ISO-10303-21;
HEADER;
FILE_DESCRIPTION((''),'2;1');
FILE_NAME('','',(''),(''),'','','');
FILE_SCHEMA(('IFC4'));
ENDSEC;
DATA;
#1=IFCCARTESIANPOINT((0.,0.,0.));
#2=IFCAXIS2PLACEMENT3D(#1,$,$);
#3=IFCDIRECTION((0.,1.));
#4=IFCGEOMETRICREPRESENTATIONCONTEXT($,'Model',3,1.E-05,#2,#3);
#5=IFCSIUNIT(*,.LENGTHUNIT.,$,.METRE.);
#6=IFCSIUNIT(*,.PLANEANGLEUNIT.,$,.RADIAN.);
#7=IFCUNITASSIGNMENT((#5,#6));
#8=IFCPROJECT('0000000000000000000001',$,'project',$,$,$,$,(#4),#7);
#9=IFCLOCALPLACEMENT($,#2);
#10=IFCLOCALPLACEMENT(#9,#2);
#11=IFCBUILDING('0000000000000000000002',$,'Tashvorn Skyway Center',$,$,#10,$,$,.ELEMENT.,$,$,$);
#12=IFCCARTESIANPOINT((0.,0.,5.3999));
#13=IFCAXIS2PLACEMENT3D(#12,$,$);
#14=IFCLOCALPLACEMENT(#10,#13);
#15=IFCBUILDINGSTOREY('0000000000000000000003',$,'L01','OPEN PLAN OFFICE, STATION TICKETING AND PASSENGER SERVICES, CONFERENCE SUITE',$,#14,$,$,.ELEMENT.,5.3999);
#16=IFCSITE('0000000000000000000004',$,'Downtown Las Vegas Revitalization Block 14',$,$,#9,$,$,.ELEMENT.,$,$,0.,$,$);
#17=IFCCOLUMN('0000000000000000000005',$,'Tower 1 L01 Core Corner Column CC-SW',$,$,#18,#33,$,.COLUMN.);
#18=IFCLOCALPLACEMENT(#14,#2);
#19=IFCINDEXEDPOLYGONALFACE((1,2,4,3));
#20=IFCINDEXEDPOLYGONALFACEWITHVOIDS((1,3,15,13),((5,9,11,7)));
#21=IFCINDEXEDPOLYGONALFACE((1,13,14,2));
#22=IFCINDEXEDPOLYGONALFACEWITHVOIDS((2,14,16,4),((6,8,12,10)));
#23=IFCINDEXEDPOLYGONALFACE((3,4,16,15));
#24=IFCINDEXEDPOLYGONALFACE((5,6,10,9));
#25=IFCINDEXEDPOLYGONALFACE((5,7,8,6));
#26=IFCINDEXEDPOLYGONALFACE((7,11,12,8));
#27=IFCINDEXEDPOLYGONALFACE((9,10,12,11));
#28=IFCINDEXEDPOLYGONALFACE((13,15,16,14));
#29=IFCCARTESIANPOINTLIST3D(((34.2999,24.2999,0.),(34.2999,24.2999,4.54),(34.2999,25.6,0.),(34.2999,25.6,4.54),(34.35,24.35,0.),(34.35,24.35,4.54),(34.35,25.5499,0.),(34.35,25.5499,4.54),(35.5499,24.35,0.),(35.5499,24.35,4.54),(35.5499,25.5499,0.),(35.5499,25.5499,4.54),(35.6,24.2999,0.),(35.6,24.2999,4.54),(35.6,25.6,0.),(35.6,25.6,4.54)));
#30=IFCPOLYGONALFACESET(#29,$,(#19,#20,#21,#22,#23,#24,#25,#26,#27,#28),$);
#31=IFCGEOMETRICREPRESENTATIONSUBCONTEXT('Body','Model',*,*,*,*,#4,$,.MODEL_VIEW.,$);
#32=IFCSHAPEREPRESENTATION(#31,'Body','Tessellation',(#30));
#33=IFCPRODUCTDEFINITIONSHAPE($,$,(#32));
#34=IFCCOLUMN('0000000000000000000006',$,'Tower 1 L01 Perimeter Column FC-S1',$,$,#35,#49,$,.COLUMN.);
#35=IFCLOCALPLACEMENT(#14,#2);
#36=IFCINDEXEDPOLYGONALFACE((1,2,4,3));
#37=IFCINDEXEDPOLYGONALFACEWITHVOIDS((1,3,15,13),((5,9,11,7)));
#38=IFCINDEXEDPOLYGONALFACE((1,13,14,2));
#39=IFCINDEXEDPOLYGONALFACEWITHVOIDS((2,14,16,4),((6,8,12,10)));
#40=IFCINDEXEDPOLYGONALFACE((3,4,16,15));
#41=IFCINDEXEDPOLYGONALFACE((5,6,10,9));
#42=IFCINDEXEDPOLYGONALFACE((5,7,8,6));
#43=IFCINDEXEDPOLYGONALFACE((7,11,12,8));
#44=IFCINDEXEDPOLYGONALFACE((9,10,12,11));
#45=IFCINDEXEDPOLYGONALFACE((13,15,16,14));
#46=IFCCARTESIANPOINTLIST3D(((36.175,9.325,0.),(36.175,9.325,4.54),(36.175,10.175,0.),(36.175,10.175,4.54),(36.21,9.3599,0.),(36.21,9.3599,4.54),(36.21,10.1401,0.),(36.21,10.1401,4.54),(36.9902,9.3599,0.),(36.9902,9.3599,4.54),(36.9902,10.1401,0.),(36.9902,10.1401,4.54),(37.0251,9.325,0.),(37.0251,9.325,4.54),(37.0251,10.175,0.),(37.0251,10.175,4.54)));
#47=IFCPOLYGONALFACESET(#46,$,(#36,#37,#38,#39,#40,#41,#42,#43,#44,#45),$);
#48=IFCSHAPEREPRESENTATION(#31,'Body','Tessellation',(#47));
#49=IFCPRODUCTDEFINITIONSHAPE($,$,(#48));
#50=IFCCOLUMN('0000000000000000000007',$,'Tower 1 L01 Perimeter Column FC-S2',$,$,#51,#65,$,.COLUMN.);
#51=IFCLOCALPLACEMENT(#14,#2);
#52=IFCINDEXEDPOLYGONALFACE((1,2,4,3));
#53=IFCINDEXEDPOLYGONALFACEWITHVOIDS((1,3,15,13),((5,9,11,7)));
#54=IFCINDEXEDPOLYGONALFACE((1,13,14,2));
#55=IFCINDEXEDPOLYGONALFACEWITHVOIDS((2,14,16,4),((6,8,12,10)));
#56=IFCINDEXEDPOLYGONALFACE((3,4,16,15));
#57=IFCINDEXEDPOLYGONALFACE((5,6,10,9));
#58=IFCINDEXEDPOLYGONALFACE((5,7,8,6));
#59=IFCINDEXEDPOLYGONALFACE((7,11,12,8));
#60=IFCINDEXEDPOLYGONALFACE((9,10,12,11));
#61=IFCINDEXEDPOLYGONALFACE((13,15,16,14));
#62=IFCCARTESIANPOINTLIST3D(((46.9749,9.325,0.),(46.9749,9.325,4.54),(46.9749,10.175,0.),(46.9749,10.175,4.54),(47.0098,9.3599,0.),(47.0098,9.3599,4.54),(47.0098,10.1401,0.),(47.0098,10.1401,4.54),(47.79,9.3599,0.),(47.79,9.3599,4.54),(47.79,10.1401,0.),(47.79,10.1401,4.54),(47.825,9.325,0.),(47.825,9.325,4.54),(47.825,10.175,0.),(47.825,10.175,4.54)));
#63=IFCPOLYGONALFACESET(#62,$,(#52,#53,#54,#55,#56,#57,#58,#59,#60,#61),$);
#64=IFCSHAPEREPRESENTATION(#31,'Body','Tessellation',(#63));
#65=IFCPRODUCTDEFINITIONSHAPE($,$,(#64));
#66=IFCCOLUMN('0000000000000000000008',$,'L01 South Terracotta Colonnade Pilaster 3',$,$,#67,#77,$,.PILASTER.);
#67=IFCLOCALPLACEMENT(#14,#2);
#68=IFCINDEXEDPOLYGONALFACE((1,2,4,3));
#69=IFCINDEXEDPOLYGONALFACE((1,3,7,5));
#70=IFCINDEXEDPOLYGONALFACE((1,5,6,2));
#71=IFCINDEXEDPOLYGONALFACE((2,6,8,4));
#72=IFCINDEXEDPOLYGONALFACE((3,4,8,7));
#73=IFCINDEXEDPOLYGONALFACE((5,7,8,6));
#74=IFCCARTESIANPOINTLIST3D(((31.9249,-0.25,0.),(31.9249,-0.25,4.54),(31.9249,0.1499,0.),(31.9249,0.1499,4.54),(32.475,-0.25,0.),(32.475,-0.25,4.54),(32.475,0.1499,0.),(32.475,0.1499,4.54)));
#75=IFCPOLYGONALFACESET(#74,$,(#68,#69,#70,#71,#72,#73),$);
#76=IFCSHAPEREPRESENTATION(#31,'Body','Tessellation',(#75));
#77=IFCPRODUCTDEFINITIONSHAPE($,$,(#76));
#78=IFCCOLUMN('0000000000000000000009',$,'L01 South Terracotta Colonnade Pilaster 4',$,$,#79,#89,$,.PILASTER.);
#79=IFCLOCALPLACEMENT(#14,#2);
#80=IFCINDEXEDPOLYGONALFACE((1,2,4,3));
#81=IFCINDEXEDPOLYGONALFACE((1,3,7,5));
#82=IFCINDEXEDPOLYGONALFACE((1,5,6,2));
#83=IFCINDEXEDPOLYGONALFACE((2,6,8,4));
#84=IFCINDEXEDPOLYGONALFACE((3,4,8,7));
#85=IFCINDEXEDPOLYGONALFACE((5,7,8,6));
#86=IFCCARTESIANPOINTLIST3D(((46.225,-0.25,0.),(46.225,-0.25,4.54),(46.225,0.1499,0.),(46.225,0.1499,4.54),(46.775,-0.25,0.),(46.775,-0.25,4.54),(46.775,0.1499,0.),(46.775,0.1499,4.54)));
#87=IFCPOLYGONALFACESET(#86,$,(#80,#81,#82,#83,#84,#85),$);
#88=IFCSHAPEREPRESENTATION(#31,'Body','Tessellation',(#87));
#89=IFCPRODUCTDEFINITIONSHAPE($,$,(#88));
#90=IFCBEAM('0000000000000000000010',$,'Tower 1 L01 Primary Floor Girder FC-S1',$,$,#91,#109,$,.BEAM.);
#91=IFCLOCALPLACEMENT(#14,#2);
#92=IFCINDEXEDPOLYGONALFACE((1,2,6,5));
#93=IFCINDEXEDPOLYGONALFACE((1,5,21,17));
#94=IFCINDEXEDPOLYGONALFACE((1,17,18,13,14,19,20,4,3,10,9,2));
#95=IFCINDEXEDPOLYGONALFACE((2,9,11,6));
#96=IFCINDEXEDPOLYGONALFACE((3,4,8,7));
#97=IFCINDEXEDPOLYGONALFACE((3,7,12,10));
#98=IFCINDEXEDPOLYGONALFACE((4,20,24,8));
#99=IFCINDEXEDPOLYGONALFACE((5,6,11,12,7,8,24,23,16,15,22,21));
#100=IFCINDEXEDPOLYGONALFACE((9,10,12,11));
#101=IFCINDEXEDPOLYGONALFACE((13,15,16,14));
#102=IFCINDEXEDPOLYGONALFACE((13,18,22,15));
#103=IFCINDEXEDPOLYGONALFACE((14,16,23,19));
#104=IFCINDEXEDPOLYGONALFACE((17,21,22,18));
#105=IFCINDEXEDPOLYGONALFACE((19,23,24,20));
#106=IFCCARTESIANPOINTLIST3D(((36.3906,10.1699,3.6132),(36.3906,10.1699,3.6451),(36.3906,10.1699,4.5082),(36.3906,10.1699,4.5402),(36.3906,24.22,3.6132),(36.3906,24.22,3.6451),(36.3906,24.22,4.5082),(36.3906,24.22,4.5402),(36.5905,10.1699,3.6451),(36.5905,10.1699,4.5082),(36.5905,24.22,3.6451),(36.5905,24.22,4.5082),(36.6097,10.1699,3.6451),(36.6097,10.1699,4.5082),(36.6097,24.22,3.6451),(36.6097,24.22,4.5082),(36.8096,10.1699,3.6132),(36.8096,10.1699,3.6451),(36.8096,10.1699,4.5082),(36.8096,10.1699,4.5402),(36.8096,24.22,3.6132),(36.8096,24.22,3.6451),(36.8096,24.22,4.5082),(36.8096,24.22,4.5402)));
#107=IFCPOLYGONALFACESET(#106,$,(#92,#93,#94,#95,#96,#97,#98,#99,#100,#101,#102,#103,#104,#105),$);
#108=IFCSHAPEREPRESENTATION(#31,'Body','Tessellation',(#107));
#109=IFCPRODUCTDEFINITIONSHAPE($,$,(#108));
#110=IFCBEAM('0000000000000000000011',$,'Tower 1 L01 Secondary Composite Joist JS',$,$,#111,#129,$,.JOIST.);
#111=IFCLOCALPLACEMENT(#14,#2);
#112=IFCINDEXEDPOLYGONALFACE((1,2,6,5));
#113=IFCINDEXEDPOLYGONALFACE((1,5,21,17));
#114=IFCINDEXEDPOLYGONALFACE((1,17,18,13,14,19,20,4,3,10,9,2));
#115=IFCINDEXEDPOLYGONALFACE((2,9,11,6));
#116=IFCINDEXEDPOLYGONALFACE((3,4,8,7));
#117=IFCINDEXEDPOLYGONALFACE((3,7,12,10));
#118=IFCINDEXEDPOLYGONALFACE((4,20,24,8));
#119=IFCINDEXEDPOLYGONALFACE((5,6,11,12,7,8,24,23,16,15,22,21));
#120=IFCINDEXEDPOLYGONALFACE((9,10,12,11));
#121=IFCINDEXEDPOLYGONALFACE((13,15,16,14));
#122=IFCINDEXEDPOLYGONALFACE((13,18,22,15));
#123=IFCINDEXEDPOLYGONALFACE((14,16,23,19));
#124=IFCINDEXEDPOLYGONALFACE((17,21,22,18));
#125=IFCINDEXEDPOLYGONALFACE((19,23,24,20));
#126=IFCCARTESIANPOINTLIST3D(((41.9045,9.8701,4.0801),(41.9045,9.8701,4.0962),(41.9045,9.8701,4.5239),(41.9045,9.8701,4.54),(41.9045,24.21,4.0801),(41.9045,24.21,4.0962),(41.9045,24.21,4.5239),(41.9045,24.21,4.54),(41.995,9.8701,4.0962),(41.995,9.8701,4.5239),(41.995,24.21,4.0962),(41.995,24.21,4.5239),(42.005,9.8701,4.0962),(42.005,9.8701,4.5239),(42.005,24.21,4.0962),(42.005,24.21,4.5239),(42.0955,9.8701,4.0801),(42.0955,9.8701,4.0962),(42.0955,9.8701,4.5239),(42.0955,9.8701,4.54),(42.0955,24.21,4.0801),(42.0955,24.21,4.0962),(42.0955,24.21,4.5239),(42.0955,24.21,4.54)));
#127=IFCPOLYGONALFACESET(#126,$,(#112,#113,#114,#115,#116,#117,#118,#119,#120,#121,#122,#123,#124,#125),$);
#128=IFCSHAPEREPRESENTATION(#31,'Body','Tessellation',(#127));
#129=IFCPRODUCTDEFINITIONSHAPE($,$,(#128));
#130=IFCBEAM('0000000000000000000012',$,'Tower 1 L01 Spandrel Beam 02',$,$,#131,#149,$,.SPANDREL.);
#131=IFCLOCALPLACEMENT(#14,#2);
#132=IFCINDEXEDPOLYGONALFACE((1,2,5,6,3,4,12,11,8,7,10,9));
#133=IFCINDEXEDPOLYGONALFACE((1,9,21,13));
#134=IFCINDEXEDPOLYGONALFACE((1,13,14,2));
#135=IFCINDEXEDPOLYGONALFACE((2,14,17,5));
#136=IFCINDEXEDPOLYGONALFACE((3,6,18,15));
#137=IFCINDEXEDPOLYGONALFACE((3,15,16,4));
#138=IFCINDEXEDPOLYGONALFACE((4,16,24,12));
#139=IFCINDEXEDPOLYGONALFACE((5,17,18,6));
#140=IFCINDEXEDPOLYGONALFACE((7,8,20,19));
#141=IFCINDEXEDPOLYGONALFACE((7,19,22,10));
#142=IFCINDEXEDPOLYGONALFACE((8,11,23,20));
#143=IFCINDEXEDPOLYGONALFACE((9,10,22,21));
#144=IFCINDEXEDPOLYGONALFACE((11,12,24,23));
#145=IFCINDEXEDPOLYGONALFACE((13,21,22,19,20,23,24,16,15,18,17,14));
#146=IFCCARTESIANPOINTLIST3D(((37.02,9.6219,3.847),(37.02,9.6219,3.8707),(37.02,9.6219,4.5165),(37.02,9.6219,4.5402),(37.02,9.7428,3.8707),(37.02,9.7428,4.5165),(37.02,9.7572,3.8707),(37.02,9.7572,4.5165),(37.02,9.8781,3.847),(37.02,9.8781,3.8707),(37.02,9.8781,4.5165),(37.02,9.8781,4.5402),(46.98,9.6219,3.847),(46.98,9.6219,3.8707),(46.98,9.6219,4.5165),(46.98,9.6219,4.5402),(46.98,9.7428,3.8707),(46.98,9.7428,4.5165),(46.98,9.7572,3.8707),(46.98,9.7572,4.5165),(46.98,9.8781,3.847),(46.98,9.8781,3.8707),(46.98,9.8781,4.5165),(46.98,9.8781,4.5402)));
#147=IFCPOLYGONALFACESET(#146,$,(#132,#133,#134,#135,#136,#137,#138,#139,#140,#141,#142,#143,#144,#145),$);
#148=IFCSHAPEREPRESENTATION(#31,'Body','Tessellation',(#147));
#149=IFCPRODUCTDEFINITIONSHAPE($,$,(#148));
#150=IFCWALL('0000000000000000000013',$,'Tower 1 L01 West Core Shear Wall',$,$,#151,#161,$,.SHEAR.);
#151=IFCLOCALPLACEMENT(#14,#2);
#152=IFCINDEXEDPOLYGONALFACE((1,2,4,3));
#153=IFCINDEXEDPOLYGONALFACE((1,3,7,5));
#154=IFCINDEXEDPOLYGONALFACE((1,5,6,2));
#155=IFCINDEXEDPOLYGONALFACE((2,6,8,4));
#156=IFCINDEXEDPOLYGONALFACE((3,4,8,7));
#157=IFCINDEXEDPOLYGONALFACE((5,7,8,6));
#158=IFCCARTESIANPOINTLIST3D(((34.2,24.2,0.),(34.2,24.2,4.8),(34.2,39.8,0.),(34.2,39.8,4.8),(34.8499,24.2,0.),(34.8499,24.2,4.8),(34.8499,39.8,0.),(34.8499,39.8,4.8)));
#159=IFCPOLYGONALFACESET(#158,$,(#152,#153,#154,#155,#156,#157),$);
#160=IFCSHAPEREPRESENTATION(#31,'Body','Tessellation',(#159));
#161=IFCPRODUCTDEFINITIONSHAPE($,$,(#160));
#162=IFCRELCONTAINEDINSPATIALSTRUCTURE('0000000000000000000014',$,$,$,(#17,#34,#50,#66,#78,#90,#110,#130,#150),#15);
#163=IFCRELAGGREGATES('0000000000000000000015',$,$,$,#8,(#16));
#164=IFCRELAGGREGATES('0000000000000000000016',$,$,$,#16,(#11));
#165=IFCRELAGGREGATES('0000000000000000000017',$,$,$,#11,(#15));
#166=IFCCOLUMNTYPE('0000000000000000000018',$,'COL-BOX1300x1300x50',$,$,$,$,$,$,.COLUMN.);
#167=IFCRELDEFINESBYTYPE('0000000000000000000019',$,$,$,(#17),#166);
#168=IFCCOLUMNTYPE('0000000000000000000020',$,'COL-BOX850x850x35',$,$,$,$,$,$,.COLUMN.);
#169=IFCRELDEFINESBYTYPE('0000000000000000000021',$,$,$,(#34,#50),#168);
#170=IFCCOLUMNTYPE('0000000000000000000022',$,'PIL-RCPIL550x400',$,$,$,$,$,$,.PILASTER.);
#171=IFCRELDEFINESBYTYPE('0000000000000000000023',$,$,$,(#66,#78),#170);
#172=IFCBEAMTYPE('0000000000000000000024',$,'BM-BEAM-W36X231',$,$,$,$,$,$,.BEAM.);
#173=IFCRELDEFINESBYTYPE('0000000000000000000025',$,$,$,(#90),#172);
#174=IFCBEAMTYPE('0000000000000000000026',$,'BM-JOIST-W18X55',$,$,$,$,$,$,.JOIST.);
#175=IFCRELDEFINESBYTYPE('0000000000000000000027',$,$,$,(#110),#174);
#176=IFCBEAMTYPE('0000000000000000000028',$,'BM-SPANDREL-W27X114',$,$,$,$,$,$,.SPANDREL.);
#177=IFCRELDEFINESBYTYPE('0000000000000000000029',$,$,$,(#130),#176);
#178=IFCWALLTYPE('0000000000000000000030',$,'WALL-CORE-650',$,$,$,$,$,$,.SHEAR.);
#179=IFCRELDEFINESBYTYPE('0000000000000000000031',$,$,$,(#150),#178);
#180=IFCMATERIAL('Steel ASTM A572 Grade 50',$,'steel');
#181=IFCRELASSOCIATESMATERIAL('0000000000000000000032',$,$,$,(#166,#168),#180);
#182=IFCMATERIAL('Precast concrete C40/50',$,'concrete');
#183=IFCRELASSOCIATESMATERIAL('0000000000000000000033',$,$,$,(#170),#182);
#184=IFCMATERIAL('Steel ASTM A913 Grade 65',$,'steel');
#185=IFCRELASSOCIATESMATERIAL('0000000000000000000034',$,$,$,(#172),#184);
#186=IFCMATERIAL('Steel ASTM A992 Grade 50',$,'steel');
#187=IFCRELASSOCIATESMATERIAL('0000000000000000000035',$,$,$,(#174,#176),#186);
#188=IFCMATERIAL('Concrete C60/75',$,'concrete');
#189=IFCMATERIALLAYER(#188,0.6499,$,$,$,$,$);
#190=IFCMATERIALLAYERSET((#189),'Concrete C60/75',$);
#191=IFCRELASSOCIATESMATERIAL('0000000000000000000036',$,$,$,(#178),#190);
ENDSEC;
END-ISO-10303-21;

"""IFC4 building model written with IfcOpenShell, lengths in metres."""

from ifc_helpers import new_model, si_unit, direction, frame, frame_2d, origin, origin_2d, place, context, subcontext, project, spatial, rectangle, hollow_rectangle, i_section, extrude, material, layer, layer_set, material_profile, profile_set, type_object, element, save


model = new_model("IFC4")

# Units and contexts
model_context = context("Model", 3, precision=1e-05, world=origin(), true_north=direction((0.0, 1.0)))
body_context = subcontext(model_context, "Body", "Model", "MODEL_VIEW")
ifc_project = project(units=[si_unit("LENGTHUNIT", "METRE"), si_unit("PLANEANGLEUNIT", "RADIAN")], contexts=[model_context])

# Site, building, storey
site_placement = place(None, origin())
site = spatial("IfcSite", under=ifc_project, at=site_placement, Name="Downtown Las Vegas Revitalization Block 14", CompositionType="ELEMENT", RefElevation=0.0)
building_placement = place(site_placement, origin())
building = spatial("IfcBuilding", under=site, at=building_placement, Name="Tashvorn Skyway Center", CompositionType="ELEMENT")
storey_placement = place(building_placement, frame((0.0, 0.0, 5.3999)))
storey = spatial("IfcBuildingStorey", under=building, at=storey_placement, Name="L01", Description="OPEN PLAN OFFICE, STATION TICKETING AND PASSENGER SERVICES, CONFERENCE SUITE", CompositionType="ELEMENT", Elevation=5.3999)

# Columns
ifc_material_1 = material(Name="Steel ASTM A572 Grade 50", Category="steel")
ifc_material_profile_1 = material_profile(ifc_material_1, hollow_rectangle(XDim=1.3, YDim=1.3, WallThickness=0.05, at=origin_2d()), Name="BOX1300x1300x50")
ifc_profile_set_1 = profile_set([ifc_material_profile_1], Name="Steel ASTM A572 Grade 50")
column_type_1 = type_object("IfcColumnType", Name="COL-BOX1300x1300x50", PredefinedType="COLUMN", material=ifc_profile_set_1)
column_placement = place(storey_placement, frame((34.95, 24.95, 0.0), z_axis=(0.0, 0.0, 1.0), x_axis=(1.0, 0.0, 0.0)))
element("IfcColumn", 1, at=column_placement, inside=storey, type_object=column_type_1, Name="Tower 1 L01 Core Corner Column CC-SW", PredefinedType="COLUMN", context=body_context, shape_type="SweptSolid", body=[
    extrude(hollow_rectangle(XDim=1.3, YDim=1.3, WallThickness=0.05, at=origin_2d()), origin(), (0.0, 0.0, 1.0), 4.54),
])
ifc_material_profile_2 = material_profile(ifc_material_1, hollow_rectangle(XDim=0.8501, YDim=0.8501, WallThickness=0.0349, at=origin_2d()), Name="BOX850x850x35")
ifc_profile_set_2 = profile_set([ifc_material_profile_2], Name="Steel ASTM A572 Grade 50")
column_type_2 = type_object("IfcColumnType", Name="COL-BOX850x850x35", PredefinedType="COLUMN", material=ifc_profile_set_2)
for number, where, z_axis, x_axis, name in (
    (2, (36.6001, 9.75, 0.0), (0.0, 0.0, 1.0), (1.0, 0.0, 0.0), "Tower 1 L01 Perimeter Column FC-S1"),
    (3, (47.3999, 9.75, 0.0), (0.0, 0.0, 1.0), (1.0, 0.0, 0.0), "Tower 1 L01 Perimeter Column FC-S2"),
):
    element("IfcColumn", number, at=place(storey_placement, frame(where, z_axis=z_axis, x_axis=x_axis)), inside=storey, type_object=column_type_2, Name=name, PredefinedType="COLUMN", context=body_context, shape_type="SweptSolid", body=[
        extrude(hollow_rectangle(XDim=0.8501, YDim=0.8501, WallThickness=0.0349, at=origin_2d()), origin(), (0.0, 0.0, 1.0), 4.54),
    ])
ifc_material_2 = material(Name="Precast concrete C40/50", Category="concrete")
ifc_material_profile_3 = material_profile(ifc_material_2, rectangle(XDim=0.55, YDim=0.3999, at=origin_2d()), Name="RCPIL550x400")
ifc_profile_set_3 = profile_set([ifc_material_profile_3], Name="Precast concrete C40/50")
column_type_3 = type_object("IfcColumnType", Name="PIL-RCPIL550x400", PredefinedType="PILASTER", material=ifc_profile_set_3)
for number, where, z_axis, x_axis, name in (
    (4, (32.2, -0.05, 0.0), (0.0, 0.0, 1.0), (1.0, 0.0, 0.0), "L01 South Terracotta Colonnade Pilaster 3"),
    (5, (46.5, -0.05, 0.0), (0.0, 0.0, 1.0), (1.0, 0.0, 0.0), "L01 South Terracotta Colonnade Pilaster 4"),
):
    element("IfcColumn", number, at=place(storey_placement, frame(where, z_axis=z_axis, x_axis=x_axis)), inside=storey, type_object=column_type_3, Name=name, PredefinedType="PILASTER", context=body_context, shape_type="SweptSolid", body=[
        extrude(rectangle(XDim=0.55, YDim=0.3999, at=origin_2d()), origin(), (0.0, 0.0, 1.0), 4.54),
    ])

# Beams
ifc_material_3 = material(Name="Steel ASTM A913 Grade 65", Category="steel")
ifc_material_profile_4 = material_profile(ifc_material_3, i_section(OverallWidth=0.4189, OverallDepth=0.927, WebThickness=0.0193, FlangeThickness=0.032, at=origin_2d()), Name="W36X231")
ifc_profile_set_4 = profile_set([ifc_material_profile_4], Name="Steel ASTM A913 Grade 65")
beam_type_1 = type_object("IfcBeamType", Name="BM-BEAM-W36X231", PredefinedType="BEAM", material=ifc_profile_set_4)
beam_1_placement = place(storey_placement, frame((36.6001, 10.1699, 4.0767), z_axis=(0.0, 1.0, 0.0), x_axis=(-1.0, 0.0, 0.0)))
element("IfcBeam", 6, at=beam_1_placement, inside=storey, type_object=beam_type_1, Name="Tower 1 L01 Primary Floor Girder FC-S1", PredefinedType="BEAM", context=body_context, shape_type="SweptSolid", body=[
    extrude(i_section(OverallWidth=0.4189, OverallDepth=0.927, WebThickness=0.0193, FlangeThickness=0.032, at=origin_2d()), origin(), (0.0, 0.0, 1.0), 14.05),
])
ifc_material_4 = material(Name="Steel ASTM A992 Grade 50", Category="steel")
ifc_material_profile_5 = material_profile(ifc_material_4, i_section(OverallWidth=0.1909, OverallDepth=0.46, WebThickness=0.01, FlangeThickness=0.0161, at=origin_2d()), Name="W18X55")
ifc_profile_set_5 = profile_set([ifc_material_profile_5], Name="Steel ASTM A992 Grade 50")
beam_type_2 = type_object("IfcBeamType", Name="BM-JOIST-W18X55", PredefinedType="JOIST", material=ifc_profile_set_5)
beam_2_placement = place(storey_placement, frame((42.0, 24.21, 4.3101), z_axis=(0.0, -1.0, 0.0), x_axis=(1.0, 0.0, 0.0)))
element("IfcBeam", 7, at=beam_2_placement, inside=storey, type_object=beam_type_2, Name="Tower 1 L01 Secondary Composite Joist JS", PredefinedType="JOIST", context=body_context, shape_type="SweptSolid", body=[
    extrude(i_section(OverallWidth=0.1909, OverallDepth=0.46, WebThickness=0.01, FlangeThickness=0.0161, at=origin_2d()), origin(), (0.0, 0.0, 1.0), 14.3398),
])
ifc_material_profile_6 = material_profile(ifc_material_4, i_section(OverallWidth=0.2561, OverallDepth=0.6931, WebThickness=0.0144, FlangeThickness=0.0237, at=origin_2d()), Name="W27X114")
ifc_profile_set_6 = profile_set([ifc_material_profile_6], Name="Steel ASTM A992 Grade 50")
beam_type_3 = type_object("IfcBeamType", Name="BM-SPANDREL-W27X114", PredefinedType="SPANDREL", material=ifc_profile_set_6)
beam_3_placement = place(storey_placement, frame((37.02, 9.75, 4.1936), z_axis=(1.0, 0.0, 0.0), x_axis=(0.0, 1.0, 0.0)))
element("IfcBeam", 8, at=beam_3_placement, inside=storey, type_object=beam_type_3, Name="Tower 1 L01 Spandrel Beam 02", PredefinedType="SPANDREL", context=body_context, shape_type="SweptSolid", body=[
    extrude(i_section(OverallWidth=0.2561, OverallDepth=0.6931, WebThickness=0.0144, FlangeThickness=0.0237, at=origin_2d()), origin(), (0.0, 0.0, 1.0), 9.96),
])

# Wall
ifc_material_5 = material(Name="Concrete C60/75", Category="concrete")
ifc_layer_1 = layer(ifc_material_5, 0.6499)
ifc_layer_set_1 = layer_set([ifc_layer_1], Name="Concrete C60/75")
wall_type_1 = type_object("IfcWallType", Name="WALL-CORE-650", PredefinedType="SHEAR", material=ifc_layer_set_1)
wall_1_placement = place(storey_placement, frame((34.5249, 24.2, 0.0), z_axis=(0.0, 0.0, 1.0), x_axis=(0.0, 1.0, 0.0)))
element("IfcWall", 9, at=wall_1_placement, inside=storey, type_object=wall_type_1, Name="Tower 1 L01 West Core Shear Wall", PredefinedType="SHEAR", context=body_context, shape_type="SweptSolid", body=[
    extrude(rectangle(XDim=15.6001, YDim=0.6499, at=frame_2d((7.8, 0.0))), origin(), (0.0, 0.0, 1.0), 4.8),
])

save(model, "model.ifc")
